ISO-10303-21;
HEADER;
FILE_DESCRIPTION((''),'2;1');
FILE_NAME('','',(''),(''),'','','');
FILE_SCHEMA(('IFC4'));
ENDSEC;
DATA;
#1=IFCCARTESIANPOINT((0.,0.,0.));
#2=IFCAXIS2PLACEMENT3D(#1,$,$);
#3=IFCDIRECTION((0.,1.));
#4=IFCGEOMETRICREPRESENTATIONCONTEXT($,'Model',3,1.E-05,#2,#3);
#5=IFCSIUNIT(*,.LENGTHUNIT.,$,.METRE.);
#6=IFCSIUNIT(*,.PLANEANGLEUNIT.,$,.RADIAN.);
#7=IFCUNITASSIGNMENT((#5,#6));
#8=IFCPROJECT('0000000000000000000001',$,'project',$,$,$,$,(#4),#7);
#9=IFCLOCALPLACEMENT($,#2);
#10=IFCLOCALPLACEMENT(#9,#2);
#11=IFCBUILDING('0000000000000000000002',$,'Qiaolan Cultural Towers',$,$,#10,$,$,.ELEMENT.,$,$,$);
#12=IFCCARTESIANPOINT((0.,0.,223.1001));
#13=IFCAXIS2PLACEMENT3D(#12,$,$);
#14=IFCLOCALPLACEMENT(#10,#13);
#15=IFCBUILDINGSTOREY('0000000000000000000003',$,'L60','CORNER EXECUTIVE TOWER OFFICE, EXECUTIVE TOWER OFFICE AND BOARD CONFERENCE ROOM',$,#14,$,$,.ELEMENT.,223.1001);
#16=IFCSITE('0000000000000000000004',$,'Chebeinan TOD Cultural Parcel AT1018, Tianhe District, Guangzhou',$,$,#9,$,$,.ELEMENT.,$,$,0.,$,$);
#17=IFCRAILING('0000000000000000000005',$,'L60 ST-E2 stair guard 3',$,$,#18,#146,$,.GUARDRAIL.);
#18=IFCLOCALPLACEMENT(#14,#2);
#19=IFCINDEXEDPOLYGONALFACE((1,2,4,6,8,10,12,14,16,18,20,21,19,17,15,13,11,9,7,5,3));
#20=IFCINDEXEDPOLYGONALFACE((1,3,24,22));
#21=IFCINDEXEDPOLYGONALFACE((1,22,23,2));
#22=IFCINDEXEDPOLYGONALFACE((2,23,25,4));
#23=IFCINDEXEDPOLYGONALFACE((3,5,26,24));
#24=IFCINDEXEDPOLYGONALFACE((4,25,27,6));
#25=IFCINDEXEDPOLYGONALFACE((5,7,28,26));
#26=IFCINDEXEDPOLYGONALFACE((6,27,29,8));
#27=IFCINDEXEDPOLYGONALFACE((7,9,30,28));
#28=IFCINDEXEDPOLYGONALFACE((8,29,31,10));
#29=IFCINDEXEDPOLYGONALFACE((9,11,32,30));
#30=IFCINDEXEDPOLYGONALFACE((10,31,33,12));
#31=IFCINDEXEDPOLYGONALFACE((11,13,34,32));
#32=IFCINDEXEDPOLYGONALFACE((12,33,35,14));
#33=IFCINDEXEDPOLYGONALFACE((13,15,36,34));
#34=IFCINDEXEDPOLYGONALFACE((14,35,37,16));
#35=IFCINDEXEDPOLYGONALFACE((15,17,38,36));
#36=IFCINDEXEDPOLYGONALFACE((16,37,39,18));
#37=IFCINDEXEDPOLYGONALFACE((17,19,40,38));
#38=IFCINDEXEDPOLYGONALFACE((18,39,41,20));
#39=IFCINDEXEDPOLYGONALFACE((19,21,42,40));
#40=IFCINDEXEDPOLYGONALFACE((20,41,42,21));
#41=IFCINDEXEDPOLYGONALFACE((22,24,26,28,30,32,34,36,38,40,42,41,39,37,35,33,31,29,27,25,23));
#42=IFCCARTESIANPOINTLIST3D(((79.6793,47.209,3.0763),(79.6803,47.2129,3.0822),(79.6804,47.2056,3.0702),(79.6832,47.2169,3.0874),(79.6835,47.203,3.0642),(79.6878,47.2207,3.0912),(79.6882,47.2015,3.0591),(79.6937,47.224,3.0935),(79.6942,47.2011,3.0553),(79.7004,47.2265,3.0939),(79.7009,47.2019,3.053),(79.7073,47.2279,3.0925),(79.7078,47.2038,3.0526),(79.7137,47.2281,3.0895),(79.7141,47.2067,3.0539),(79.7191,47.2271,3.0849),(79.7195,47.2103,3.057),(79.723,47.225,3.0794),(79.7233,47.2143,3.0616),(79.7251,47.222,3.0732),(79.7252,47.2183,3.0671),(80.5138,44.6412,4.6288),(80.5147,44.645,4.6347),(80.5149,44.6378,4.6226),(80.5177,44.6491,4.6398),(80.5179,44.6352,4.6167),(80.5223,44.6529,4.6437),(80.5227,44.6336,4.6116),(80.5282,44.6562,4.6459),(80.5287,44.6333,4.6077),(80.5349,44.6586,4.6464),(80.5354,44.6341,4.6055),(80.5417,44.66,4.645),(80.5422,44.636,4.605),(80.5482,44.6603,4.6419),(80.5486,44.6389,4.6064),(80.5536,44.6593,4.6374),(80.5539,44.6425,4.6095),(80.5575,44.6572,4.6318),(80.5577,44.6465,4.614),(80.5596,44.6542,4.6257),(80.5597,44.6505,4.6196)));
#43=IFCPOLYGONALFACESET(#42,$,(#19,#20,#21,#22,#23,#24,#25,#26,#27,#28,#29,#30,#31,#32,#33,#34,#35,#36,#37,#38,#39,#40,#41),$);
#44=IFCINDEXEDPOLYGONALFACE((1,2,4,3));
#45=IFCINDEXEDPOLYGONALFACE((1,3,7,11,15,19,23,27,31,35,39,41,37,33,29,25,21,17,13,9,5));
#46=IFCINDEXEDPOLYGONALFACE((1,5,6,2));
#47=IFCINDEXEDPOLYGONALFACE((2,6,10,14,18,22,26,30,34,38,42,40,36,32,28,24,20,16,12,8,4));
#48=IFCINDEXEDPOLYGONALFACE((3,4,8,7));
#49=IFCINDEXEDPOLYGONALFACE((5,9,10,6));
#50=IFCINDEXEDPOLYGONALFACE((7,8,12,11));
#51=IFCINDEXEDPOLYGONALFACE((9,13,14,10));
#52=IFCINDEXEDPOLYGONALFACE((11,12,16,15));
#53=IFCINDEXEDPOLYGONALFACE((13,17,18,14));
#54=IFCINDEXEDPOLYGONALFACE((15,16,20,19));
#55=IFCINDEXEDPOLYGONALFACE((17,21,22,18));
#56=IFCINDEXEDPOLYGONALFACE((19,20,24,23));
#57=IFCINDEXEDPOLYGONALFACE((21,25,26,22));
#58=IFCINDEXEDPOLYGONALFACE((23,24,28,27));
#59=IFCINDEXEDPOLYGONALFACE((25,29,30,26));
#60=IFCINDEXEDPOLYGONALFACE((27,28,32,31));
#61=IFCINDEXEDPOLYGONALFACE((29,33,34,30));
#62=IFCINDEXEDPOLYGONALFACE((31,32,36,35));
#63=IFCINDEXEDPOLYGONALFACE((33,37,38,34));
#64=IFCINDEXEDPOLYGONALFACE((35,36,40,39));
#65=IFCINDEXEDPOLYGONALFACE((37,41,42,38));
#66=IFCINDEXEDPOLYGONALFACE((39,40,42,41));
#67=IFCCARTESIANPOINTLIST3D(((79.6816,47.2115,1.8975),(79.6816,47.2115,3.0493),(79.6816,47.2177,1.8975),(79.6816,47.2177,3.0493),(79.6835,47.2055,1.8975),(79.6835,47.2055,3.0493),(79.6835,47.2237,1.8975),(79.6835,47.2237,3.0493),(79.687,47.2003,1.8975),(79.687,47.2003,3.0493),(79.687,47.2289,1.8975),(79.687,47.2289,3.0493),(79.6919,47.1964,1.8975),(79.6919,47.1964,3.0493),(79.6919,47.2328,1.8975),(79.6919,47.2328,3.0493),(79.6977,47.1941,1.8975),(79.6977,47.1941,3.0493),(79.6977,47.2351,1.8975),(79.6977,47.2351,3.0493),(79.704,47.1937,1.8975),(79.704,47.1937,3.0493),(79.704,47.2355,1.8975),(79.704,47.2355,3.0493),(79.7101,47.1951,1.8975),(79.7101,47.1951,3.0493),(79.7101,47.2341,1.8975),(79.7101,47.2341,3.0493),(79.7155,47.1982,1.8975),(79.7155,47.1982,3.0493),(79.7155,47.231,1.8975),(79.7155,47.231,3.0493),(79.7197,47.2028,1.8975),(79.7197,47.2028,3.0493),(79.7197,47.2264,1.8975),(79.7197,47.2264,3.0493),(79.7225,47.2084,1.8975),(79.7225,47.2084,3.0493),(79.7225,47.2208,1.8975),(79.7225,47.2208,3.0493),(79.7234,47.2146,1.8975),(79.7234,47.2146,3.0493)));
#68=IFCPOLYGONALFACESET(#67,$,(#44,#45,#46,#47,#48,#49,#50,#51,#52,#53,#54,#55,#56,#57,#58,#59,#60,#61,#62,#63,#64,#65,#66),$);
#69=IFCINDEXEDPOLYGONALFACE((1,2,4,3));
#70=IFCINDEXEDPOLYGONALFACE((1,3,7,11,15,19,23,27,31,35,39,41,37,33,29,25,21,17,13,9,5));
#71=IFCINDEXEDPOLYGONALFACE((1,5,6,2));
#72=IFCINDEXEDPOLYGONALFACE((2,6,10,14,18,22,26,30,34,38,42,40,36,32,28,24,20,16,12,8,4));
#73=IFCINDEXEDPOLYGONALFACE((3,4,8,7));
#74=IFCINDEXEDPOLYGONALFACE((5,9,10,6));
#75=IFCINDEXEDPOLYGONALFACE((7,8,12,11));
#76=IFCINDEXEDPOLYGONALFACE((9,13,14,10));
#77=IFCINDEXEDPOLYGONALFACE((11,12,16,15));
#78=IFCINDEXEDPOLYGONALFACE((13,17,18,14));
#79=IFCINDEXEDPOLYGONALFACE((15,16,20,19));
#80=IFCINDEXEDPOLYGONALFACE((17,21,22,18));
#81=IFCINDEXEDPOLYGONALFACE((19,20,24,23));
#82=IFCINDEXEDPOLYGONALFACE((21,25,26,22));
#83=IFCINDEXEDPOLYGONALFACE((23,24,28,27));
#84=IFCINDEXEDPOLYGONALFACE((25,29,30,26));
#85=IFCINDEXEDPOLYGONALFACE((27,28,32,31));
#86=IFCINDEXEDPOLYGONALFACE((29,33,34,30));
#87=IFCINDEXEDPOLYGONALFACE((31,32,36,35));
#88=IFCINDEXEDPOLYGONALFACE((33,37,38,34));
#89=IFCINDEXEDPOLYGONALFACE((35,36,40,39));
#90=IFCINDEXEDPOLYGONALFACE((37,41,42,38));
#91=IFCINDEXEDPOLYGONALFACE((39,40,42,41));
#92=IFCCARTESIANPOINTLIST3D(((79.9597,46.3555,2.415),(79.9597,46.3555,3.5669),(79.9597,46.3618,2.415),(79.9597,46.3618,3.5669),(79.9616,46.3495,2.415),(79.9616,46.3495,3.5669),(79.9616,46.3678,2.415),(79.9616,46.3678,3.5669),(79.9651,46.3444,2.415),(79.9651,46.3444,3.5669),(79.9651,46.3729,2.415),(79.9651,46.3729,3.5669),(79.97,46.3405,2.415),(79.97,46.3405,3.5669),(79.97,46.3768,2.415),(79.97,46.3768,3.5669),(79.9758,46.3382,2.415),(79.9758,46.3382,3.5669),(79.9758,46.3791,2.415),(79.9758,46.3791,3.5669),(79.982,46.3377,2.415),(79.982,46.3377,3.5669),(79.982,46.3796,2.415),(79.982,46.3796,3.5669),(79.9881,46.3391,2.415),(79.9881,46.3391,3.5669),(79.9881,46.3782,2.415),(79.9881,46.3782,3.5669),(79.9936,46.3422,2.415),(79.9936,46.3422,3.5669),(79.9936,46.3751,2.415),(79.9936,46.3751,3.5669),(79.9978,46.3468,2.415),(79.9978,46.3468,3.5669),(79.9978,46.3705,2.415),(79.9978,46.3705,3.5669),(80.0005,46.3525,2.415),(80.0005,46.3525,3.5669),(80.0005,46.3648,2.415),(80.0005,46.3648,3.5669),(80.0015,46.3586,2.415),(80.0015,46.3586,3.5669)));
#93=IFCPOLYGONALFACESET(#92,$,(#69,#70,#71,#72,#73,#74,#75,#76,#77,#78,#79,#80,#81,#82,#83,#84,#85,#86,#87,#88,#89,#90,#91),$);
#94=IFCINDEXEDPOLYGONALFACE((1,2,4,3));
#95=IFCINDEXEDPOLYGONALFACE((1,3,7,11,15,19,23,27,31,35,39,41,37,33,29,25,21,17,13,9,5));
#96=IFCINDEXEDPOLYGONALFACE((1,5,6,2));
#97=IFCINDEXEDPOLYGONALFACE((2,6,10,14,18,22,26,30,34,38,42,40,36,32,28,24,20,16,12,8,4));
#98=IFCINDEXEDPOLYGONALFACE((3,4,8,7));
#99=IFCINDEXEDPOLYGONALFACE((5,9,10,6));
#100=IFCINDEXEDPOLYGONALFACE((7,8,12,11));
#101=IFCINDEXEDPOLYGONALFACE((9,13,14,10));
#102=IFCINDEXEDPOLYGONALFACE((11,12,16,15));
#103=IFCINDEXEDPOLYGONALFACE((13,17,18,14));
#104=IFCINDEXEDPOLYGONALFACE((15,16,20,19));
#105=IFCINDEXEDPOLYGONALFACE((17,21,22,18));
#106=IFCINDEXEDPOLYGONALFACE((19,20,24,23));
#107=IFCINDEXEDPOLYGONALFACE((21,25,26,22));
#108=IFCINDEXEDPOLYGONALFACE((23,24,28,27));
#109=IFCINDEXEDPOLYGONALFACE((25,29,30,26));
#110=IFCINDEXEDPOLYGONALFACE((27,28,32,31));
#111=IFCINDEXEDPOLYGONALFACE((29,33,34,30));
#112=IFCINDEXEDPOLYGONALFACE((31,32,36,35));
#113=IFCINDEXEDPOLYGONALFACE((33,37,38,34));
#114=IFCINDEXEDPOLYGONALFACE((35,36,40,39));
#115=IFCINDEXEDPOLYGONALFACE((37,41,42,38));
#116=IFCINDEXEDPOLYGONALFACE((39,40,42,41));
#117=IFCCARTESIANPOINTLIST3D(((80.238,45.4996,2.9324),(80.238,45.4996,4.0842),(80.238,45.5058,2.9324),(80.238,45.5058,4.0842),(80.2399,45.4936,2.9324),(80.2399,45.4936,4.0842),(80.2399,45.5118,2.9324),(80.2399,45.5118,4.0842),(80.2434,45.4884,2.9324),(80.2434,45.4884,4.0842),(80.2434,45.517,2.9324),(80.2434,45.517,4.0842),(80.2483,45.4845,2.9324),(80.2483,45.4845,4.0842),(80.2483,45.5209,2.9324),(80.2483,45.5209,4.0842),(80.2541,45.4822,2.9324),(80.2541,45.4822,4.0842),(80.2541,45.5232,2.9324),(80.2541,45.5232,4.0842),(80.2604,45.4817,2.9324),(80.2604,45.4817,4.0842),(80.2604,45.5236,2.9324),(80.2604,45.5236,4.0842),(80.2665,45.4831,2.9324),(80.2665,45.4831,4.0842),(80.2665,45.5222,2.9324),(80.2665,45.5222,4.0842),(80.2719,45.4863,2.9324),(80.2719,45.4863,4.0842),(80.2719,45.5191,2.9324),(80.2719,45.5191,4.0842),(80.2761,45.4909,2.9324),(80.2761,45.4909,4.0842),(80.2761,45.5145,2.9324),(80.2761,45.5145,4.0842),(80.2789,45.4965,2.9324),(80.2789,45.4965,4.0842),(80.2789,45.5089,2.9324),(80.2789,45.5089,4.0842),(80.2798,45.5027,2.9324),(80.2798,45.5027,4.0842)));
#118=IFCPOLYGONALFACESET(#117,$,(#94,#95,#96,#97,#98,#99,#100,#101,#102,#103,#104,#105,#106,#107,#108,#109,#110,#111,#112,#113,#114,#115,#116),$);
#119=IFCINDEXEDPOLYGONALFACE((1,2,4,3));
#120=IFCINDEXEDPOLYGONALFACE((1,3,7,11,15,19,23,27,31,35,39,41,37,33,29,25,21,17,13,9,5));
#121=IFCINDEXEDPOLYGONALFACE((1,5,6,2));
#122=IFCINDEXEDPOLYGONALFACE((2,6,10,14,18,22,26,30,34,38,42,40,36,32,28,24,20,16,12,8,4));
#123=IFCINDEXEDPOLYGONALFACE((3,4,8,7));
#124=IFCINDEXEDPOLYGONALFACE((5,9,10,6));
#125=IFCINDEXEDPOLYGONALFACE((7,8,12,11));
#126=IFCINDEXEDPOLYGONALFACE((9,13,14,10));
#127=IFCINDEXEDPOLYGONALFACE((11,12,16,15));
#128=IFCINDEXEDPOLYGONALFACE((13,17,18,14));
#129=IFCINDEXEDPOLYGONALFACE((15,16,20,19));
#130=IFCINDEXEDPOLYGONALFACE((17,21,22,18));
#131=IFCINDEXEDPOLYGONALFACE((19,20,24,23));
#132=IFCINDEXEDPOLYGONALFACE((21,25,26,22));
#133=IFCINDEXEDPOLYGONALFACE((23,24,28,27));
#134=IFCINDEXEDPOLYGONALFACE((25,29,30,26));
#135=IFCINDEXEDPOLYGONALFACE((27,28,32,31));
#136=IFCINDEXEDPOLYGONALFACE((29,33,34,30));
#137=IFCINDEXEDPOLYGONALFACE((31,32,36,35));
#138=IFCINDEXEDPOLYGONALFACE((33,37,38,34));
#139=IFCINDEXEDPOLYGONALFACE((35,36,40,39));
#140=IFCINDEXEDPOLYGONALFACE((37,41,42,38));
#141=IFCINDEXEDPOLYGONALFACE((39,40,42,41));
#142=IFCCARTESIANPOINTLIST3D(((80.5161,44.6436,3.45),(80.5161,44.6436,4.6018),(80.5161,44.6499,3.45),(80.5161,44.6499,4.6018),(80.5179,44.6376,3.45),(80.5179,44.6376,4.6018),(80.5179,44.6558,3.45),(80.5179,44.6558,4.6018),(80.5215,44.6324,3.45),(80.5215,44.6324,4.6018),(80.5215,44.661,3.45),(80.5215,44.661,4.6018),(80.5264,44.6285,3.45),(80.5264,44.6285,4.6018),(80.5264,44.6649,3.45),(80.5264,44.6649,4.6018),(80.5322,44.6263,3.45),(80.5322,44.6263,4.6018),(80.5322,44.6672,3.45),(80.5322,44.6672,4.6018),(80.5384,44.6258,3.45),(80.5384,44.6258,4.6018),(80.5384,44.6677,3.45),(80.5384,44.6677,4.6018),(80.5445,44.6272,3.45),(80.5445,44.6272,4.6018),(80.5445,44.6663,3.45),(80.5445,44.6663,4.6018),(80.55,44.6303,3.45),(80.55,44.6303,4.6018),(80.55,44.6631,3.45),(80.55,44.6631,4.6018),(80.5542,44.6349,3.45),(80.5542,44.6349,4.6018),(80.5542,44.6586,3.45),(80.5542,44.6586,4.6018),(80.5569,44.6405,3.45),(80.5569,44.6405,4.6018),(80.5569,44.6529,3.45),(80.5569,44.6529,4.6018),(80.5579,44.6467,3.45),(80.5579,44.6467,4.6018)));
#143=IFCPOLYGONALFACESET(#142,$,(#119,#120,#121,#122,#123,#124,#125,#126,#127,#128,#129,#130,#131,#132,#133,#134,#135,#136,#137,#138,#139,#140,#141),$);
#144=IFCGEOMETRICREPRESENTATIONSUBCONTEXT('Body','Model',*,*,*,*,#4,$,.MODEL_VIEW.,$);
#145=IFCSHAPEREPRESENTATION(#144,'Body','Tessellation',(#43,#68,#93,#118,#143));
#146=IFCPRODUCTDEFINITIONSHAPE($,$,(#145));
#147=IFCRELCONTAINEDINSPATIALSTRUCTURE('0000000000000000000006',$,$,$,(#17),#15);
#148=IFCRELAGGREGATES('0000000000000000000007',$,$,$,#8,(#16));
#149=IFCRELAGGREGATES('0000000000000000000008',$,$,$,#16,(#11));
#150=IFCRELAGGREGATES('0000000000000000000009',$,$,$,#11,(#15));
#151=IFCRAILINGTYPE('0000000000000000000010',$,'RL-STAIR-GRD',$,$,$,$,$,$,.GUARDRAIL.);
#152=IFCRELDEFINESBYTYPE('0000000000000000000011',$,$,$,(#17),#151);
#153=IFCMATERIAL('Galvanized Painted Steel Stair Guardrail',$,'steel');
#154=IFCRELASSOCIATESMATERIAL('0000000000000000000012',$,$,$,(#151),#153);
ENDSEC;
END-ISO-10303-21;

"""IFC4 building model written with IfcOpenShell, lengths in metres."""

from ifc_helpers import new_model, si_unit, direction, frame, origin, origin_2d, place, context, subcontext, project, spatial, circle, extrude, material, type_object, element, save


model = new_model("IFC4")

# Units and contexts
model_context = context("Model", 3, precision=1e-05, world=origin(), true_north=direction((0.0, 1.0)))
body_context = subcontext(model_context, "Body", "Model", "MODEL_VIEW")
ifc_project = project(units=[si_unit("LENGTHUNIT", "METRE"), si_unit("PLANEANGLEUNIT", "RADIAN")], contexts=[model_context])

# Site, building, storey
site_placement = place(None, origin())
site = spatial("IfcSite", under=ifc_project, at=site_placement, Name="Chebeinan TOD Cultural Parcel AT1018, Tianhe District, Guangzhou", CompositionType="ELEMENT", RefElevation=0.0)
building_placement = place(site_placement, origin())
building = spatial("IfcBuilding", under=site, at=building_placement, Name="Qiaolan Cultural Towers", CompositionType="ELEMENT")
storey_placement = place(building_placement, frame((0.0, 0.0, 223.1001)))
storey = spatial("IfcBuildingStorey", under=building, at=storey_placement, Name="L60", Description="CORNER EXECUTIVE TOWER OFFICE, EXECUTIVE TOWER OFFICE AND BOARD CONFERENCE ROOM", CompositionType="ELEMENT", Elevation=223.1001)

# Railing
ifc_material_1 = material(Name="Galvanized Painted Steel Stair Guardrail", Category="steel")
railing_type_1 = type_object("IfcRailingType", Name="RL-STAIR-GRD", PredefinedType="GUARDRAIL", material=ifc_material_1)
railing_1_placement = place(storey_placement, frame((79.7024, 47.2146, 1.8975)))
element("IfcRailing", 1, at=railing_1_placement, inside=storey, type_object=railing_type_1, Name="L60 ST-E2 stair guard 3", PredefinedType="GUARDRAIL", context=body_context, shape_type="SweptSolid", body=[
    extrude(circle(Radius=0.0239, at=origin_2d()), frame((0.0, 0.0, 1.1758), z_axis=(0.267926, -0.824471, 0.498461), x_axis=(0.951043, 0.309057, 0.0)), (0.0, 0.0, 1.0), 3.1145),
    extrude(circle(Radius=0.021, at=origin_2d()), origin(), (0.0, 0.0, 1.0), 1.1519),
    extrude(circle(Radius=0.021, at=origin_2d()), frame((0.2781, -0.856, 0.5176)), (0.0, 0.0, 1.0), 1.1519),
    extrude(circle(Radius=0.021, at=origin_2d()), frame((0.5564, -1.7119, 1.0349)), (0.0, 0.0, 1.0), 1.1519),
    extrude(circle(Radius=0.021, at=origin_2d()), frame((0.8345, -2.5679, 1.5525)), (0.0, 0.0, 1.0), 1.1519),
])

save(model, "model.ifc")
